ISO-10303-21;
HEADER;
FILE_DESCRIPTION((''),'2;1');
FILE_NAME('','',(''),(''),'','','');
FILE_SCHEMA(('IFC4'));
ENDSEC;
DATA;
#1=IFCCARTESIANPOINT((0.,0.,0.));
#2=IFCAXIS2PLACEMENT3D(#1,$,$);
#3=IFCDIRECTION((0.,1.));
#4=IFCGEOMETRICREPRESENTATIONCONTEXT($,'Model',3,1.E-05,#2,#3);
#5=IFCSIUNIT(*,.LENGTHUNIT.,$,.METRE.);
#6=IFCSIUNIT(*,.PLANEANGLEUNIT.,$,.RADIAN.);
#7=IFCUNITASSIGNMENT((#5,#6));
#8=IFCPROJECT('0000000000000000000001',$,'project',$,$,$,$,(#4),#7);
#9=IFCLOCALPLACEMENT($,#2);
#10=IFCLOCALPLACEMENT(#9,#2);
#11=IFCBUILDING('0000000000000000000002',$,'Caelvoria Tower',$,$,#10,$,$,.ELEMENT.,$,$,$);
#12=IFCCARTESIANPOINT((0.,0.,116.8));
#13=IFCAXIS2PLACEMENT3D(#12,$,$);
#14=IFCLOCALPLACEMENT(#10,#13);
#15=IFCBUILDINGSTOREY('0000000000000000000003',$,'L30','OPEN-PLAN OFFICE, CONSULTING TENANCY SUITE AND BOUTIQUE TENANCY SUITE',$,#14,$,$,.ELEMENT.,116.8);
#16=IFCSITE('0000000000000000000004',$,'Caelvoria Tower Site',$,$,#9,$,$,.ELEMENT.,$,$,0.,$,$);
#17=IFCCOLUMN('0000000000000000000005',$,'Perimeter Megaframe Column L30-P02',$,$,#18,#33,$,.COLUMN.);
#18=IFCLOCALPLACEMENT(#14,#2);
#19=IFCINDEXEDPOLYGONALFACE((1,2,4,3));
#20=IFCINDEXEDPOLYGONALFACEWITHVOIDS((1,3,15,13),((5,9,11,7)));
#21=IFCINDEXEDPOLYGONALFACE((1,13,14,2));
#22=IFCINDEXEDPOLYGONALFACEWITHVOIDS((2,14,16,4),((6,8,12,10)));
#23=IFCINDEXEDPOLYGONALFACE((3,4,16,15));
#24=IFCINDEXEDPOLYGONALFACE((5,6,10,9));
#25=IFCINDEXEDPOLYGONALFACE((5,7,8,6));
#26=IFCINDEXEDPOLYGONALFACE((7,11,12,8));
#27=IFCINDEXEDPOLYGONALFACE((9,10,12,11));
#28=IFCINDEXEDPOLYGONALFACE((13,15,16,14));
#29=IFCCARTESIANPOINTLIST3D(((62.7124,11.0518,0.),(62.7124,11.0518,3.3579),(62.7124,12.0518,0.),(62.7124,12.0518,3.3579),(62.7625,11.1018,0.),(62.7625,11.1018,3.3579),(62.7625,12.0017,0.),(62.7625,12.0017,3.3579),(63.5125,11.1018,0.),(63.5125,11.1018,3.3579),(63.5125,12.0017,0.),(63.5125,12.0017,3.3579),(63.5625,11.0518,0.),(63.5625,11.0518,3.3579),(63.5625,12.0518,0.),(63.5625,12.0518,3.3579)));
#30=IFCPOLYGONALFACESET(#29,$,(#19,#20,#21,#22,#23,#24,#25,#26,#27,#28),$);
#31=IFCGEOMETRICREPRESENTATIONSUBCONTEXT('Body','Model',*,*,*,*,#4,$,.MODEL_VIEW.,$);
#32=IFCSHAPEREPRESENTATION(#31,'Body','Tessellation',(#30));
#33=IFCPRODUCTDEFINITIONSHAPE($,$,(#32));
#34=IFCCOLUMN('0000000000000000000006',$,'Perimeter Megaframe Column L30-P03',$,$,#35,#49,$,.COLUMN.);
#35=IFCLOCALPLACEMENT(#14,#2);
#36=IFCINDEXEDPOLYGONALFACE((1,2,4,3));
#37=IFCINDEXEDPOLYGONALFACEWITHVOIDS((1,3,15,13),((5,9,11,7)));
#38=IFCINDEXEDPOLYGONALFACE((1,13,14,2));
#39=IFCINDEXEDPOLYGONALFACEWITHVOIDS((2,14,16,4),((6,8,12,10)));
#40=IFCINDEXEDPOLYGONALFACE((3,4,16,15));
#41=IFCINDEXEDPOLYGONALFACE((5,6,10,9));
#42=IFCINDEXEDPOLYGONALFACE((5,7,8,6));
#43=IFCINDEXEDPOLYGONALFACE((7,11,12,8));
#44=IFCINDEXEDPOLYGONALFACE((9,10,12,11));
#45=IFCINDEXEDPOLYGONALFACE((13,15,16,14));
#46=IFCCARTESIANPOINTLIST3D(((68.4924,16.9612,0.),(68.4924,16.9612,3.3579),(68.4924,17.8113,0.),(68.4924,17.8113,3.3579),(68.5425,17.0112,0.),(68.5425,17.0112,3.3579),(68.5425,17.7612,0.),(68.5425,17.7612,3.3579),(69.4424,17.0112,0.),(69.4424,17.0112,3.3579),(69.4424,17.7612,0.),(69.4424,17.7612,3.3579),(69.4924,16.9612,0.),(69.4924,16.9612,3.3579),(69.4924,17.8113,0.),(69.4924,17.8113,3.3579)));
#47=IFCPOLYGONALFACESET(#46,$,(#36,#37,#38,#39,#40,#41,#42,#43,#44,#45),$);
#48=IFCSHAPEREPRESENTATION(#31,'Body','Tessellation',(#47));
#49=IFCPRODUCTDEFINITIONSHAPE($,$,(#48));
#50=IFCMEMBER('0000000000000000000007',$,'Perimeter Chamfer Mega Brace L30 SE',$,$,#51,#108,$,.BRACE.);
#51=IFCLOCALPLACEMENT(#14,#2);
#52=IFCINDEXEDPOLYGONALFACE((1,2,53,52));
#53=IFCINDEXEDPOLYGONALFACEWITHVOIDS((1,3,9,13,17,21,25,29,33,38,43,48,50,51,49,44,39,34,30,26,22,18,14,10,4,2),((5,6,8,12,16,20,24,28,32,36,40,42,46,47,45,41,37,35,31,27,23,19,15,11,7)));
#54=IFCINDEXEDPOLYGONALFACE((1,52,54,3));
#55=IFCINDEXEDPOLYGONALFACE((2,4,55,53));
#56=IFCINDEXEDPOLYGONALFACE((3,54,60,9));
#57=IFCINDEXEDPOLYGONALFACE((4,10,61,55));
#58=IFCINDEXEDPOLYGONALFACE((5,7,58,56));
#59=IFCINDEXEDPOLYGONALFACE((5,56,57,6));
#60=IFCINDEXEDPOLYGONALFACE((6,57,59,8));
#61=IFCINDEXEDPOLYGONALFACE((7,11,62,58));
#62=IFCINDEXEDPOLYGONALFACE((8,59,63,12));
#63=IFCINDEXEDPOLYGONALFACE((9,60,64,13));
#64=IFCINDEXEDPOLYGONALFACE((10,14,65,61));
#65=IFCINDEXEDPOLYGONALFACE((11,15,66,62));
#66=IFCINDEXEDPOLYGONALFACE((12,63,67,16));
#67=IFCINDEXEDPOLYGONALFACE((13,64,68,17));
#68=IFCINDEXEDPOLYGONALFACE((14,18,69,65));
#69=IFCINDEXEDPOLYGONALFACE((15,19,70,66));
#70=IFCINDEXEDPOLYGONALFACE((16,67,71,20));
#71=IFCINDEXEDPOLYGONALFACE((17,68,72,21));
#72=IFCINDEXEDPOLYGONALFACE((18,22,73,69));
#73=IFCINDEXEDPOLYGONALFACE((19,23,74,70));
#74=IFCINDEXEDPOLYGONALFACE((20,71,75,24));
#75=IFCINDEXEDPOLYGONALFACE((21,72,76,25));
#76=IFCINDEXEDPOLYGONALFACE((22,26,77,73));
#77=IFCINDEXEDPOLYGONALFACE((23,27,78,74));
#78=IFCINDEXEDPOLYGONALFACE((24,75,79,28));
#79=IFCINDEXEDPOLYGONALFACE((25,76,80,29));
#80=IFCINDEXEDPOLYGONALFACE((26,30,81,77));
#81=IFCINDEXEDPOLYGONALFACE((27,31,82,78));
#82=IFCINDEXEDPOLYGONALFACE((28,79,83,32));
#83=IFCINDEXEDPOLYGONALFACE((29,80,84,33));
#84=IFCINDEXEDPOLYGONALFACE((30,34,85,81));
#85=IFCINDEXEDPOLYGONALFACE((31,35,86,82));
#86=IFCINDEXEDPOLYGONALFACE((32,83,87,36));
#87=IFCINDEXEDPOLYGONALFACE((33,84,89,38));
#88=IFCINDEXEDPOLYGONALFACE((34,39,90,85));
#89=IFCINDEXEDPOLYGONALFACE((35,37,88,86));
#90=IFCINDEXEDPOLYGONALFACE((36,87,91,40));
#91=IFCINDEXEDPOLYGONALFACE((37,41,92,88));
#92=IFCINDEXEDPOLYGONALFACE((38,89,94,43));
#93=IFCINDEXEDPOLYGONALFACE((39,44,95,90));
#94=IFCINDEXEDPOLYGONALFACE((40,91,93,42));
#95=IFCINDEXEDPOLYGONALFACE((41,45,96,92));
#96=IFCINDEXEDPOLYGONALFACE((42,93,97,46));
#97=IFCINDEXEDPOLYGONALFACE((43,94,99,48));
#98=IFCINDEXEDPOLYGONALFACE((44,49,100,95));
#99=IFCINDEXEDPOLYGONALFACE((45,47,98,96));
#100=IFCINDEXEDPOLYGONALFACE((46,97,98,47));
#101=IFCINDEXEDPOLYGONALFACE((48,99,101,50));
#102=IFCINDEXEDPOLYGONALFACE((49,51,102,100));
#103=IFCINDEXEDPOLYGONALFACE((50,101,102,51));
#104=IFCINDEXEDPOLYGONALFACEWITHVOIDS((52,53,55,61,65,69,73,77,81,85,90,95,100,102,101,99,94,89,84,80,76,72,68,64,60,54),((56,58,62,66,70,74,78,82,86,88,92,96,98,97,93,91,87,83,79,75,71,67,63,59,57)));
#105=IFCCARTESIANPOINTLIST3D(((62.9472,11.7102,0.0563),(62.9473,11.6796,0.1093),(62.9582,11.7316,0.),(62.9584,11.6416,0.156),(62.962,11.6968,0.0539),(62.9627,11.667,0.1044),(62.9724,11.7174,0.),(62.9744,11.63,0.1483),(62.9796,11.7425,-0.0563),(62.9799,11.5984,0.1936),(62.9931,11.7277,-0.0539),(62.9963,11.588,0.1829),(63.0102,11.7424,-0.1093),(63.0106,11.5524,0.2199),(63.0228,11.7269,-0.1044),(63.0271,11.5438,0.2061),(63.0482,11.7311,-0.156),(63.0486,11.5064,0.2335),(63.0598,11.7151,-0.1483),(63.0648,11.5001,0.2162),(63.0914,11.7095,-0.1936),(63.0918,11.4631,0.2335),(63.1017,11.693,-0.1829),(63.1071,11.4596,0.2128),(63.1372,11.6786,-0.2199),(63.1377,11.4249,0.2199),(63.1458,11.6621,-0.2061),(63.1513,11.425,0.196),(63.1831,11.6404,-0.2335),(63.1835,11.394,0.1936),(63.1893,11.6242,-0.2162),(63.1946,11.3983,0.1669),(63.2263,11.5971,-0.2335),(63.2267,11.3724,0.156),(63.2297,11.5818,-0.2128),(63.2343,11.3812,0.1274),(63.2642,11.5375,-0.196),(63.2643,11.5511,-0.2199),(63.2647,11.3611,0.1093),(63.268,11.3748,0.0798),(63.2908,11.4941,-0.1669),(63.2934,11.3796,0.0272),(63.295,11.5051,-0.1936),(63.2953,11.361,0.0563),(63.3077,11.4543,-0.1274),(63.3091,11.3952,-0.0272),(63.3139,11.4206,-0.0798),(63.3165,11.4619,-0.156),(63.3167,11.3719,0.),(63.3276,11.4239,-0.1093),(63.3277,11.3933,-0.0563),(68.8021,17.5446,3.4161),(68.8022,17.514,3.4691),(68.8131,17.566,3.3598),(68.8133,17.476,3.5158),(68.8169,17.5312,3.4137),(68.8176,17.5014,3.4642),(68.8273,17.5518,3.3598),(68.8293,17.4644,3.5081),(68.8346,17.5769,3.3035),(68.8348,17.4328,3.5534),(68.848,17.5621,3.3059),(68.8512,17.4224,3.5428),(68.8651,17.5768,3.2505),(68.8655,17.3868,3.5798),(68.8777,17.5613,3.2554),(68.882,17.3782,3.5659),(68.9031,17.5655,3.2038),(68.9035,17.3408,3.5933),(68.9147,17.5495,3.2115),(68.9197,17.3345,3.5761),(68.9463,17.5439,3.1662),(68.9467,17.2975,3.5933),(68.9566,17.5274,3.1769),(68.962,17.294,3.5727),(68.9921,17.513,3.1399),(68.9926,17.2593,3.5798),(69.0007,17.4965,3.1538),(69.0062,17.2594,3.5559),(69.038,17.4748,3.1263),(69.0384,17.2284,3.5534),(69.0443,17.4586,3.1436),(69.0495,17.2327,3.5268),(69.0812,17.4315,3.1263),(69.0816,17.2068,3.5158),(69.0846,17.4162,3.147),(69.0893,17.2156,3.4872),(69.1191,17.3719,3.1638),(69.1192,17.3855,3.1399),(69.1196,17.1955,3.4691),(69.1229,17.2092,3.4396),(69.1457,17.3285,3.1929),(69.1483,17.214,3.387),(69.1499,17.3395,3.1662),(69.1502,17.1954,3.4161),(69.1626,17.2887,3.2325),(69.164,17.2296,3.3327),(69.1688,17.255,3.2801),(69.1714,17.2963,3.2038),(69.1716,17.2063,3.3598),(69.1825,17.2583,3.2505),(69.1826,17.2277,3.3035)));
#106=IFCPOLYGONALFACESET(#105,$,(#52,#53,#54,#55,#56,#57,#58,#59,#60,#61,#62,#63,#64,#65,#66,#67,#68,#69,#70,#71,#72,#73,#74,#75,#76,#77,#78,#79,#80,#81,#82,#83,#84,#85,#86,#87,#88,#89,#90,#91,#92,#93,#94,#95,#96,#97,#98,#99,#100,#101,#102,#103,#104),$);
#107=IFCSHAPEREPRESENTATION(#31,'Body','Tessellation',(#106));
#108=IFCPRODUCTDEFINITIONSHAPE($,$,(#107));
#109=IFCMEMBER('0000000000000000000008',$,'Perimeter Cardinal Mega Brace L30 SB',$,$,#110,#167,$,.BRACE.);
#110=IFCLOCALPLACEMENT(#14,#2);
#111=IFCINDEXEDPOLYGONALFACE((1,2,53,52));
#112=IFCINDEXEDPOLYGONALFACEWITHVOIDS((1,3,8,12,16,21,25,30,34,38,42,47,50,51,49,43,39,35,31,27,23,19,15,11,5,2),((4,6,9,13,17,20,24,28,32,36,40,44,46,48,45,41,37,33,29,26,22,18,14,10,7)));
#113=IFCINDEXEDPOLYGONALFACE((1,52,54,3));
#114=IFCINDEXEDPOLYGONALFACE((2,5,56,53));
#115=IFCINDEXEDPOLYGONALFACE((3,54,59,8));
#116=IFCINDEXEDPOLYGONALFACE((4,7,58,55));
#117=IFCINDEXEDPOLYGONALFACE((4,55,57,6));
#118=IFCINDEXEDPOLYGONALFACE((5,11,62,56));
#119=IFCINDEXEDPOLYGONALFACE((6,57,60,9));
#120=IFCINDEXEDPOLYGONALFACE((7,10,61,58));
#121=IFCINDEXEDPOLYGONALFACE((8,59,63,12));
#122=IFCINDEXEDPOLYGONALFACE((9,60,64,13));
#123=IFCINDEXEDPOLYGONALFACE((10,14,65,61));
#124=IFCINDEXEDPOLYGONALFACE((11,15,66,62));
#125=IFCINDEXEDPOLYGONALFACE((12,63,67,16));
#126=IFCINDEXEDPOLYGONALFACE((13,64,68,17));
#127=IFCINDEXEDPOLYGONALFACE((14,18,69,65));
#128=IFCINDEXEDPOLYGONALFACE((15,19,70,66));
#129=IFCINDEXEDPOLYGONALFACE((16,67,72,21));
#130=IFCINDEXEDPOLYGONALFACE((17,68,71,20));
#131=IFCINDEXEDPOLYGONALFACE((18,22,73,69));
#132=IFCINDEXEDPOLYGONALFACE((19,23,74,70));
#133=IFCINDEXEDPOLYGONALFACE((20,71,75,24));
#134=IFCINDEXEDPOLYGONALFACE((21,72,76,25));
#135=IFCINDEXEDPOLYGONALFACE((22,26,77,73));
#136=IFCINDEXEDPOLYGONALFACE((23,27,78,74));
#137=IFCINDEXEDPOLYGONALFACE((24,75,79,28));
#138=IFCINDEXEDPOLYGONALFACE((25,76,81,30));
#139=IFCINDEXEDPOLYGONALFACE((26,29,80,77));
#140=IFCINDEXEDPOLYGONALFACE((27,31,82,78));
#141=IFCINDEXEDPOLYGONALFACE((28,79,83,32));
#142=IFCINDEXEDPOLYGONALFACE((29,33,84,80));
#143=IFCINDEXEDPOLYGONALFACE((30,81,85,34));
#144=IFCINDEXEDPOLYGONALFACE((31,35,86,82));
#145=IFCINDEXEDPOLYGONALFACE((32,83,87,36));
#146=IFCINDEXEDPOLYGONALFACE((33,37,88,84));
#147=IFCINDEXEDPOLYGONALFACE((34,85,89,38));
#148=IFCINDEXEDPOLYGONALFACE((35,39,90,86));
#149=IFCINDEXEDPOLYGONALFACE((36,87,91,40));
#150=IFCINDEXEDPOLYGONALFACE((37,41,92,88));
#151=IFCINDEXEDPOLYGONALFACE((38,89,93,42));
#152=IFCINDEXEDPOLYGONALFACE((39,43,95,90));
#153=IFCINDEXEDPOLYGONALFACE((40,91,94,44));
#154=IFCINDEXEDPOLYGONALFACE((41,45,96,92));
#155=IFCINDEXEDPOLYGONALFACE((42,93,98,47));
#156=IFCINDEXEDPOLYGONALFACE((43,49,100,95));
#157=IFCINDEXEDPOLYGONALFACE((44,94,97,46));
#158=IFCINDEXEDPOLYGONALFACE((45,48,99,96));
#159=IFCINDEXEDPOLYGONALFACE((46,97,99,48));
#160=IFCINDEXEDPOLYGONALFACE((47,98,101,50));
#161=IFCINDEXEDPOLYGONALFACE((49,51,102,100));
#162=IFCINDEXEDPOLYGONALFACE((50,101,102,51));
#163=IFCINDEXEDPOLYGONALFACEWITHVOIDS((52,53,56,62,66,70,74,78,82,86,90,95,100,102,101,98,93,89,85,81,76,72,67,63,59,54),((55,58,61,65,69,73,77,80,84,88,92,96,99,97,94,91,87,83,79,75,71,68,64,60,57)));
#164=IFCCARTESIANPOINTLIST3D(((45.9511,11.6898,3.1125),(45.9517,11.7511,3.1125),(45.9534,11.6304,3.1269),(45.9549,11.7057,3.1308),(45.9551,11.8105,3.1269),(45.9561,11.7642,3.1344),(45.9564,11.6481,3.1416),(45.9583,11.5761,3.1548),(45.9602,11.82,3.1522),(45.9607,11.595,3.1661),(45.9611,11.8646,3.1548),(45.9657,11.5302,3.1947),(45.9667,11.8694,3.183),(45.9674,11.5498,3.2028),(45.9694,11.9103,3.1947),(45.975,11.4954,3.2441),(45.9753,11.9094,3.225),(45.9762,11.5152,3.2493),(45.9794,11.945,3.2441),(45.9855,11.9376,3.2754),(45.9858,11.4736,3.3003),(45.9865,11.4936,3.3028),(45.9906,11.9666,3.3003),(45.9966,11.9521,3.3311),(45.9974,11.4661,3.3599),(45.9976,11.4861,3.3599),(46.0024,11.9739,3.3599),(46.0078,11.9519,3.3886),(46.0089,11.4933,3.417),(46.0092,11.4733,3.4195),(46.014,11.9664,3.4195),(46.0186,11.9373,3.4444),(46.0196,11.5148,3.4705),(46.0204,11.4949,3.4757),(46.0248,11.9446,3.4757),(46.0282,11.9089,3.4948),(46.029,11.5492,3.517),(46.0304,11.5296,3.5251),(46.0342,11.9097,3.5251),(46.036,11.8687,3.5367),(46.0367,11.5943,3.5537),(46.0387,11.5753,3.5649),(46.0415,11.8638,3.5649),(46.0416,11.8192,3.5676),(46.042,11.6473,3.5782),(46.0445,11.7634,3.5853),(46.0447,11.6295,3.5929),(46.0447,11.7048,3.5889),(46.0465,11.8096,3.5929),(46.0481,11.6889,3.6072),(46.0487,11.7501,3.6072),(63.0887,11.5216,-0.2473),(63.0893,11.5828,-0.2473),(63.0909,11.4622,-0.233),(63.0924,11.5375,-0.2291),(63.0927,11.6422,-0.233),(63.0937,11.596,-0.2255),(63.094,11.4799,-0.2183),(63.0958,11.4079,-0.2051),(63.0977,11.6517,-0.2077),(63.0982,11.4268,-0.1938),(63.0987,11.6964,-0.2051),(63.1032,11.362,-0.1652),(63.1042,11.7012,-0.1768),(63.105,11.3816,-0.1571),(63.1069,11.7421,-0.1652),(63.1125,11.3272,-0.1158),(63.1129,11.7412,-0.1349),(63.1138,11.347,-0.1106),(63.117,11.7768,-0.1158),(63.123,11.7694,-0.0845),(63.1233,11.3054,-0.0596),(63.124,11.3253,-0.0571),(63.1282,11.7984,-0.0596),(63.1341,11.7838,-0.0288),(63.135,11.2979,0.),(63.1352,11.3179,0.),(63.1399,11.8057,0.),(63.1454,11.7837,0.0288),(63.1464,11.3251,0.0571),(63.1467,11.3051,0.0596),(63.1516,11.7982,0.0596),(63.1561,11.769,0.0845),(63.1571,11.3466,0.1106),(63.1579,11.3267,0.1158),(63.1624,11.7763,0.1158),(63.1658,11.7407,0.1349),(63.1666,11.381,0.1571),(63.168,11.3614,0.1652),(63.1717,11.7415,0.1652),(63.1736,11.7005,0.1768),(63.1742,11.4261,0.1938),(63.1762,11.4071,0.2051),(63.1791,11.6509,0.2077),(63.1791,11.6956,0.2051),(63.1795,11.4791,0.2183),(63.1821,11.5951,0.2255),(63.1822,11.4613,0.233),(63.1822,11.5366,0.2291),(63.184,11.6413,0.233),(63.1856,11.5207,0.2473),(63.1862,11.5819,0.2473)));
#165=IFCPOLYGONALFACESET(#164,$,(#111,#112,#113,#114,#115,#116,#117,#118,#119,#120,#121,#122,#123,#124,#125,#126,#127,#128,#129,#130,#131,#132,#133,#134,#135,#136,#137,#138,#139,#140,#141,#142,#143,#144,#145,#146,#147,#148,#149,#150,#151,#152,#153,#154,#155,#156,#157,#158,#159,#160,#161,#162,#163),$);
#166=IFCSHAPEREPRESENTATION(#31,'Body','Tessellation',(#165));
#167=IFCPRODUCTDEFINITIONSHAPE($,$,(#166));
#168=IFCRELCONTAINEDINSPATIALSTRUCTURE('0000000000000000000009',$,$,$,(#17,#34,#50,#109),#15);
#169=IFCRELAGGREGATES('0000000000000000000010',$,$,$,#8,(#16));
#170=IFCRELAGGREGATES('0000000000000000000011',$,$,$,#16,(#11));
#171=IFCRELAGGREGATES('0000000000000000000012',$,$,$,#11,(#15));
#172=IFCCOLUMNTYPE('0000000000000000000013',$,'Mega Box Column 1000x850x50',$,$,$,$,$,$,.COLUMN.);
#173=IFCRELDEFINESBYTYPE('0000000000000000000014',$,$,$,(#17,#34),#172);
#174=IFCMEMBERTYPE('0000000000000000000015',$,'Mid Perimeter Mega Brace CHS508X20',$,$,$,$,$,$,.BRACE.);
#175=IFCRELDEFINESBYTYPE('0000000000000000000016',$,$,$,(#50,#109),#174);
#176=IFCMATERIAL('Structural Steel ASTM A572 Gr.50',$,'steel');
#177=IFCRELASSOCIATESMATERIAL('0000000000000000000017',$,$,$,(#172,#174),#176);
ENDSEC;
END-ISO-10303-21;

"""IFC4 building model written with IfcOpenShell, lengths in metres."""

from ifc_helpers import new_model, si_unit, direction, frame, origin, origin_2d, place, context, subcontext, project, spatial, hollow_rectangle, hollow_circle, extrude, material, material_profile, profile_set, type_object, element, save


model = new_model("IFC4")

# Units and contexts
model_context = context("Model", 3, precision=1e-05, world=origin(), true_north=direction((0.0, 1.0)))
body_context = subcontext(model_context, "Body", "Model", "MODEL_VIEW")
ifc_project = project(units=[si_unit("LENGTHUNIT", "METRE"), si_unit("PLANEANGLEUNIT", "RADIAN")], contexts=[model_context])

# Site, building, storey
site_placement = place(None, origin())
site = spatial("IfcSite", under=ifc_project, at=site_placement, Name="Caelvoria Tower Site", CompositionType="ELEMENT", RefElevation=0.0)
building_placement = place(site_placement, origin())
building = spatial("IfcBuilding", under=site, at=building_placement, Name="Caelvoria Tower", CompositionType="ELEMENT")
storey_placement = place(building_placement, frame((0.0, 0.0, 116.8)))
storey = spatial("IfcBuildingStorey", under=building, at=storey_placement, Name="L30", Description="OPEN-PLAN OFFICE, CONSULTING TENANCY SUITE AND BOUTIQUE TENANCY SUITE", CompositionType="ELEMENT", Elevation=116.8)

# Columns
ifc_material_1 = material(Name="Structural Steel ASTM A572 Gr.50", Category="steel")
ifc_material_profile_1 = material_profile(ifc_material_1, hollow_rectangle(XDim=0.8501, YDim=1.0, WallThickness=0.05, at=origin_2d()), Name="Structural Steel ASTM A572 Gr.50")
ifc_profile_set_1 = profile_set([ifc_material_profile_1], Name="BOX1000X850X50 - Structural Steel ASTM A572 Gr.50")
column_type = type_object("IfcColumnType", Name="Mega Box Column 1000x850x50", PredefinedType="COLUMN", material=ifc_profile_set_1)
for number, where, z_axis, x_axis, name in (
    (1, (63.1375, 11.5518, 0.0), (0.0, 0.0, 1.0), (1.0, 0.0, 0.0), "Perimeter Megaframe Column L30-P02"),
    (2, (68.9924, 17.3862, 0.0), (0.0, 0.0, 1.0), (0.0, 1.0, 0.0), "Perimeter Megaframe Column L30-P03"),
):
    element("IfcColumn", number, at=place(storey_placement, frame(where, z_axis=z_axis, x_axis=x_axis)), inside=storey, type_object=column_type, Name=name, PredefinedType="COLUMN", context=body_context, shape_type="SweptSolid", body=[
        extrude(hollow_rectangle(XDim=0.8501, YDim=1.0, WallThickness=0.05, at=origin_2d()), origin(), (0.0, 0.0, 1.0), 3.3579),
    ])

# Members
ifc_material_profile_2 = material_profile(ifc_material_1, hollow_circle(Radius=0.2539, WallThickness=0.02, at=origin_2d()), Name="Structural Steel ASTM A572 Gr.50")
ifc_profile_set_2 = profile_set([ifc_material_profile_2], Name="CHS508X20 - Structural Steel ASTM A572 Gr.50")
member_type = type_object("IfcMemberType", Name="Mid Perimeter Mega Brace CHS508X20", PredefinedType="BRACE", material=ifc_profile_set_2)
member_1_placement = place(storey_placement, frame((63.1375, 11.5518, 0.0), z_axis=(0.656206, 0.653907, 0.376562), x_axis=(-0.705865, 0.708346, 0.0)))
element("IfcMember", 3, at=member_1_placement, inside=storey, type_object=member_type, Name="Perimeter Chamfer Mega Brace L30 SE", PredefinedType="BRACE", context=body_context, shape_type="SweptSolid", body=[
    extrude(hollow_circle(Radius=0.2539, WallThickness=0.02, at=origin_2d()), origin(), (0.0, 0.0, 1.0), 8.9224),
])
member_2_placement = place(storey_placement, frame((63.1375, 11.5518, 0.0), z_axis=(-0.981273, 0.009632, 0.192382), x_axis=(-0.009815, -0.999952, 0.0)))
element("IfcMember", 4, at=member_2_placement, inside=storey, type_object=member_type, Name="Perimeter Cardinal Mega Brace L30 SB", PredefinedType="BRACE", context=body_context, shape_type="SweptSolid", body=[
    extrude(hollow_circle(Radius=0.2539, WallThickness=0.02, at=origin_2d()), origin(), (0.0, 0.0, 1.0), 17.4646),
])

save(model, "model.ifc")
